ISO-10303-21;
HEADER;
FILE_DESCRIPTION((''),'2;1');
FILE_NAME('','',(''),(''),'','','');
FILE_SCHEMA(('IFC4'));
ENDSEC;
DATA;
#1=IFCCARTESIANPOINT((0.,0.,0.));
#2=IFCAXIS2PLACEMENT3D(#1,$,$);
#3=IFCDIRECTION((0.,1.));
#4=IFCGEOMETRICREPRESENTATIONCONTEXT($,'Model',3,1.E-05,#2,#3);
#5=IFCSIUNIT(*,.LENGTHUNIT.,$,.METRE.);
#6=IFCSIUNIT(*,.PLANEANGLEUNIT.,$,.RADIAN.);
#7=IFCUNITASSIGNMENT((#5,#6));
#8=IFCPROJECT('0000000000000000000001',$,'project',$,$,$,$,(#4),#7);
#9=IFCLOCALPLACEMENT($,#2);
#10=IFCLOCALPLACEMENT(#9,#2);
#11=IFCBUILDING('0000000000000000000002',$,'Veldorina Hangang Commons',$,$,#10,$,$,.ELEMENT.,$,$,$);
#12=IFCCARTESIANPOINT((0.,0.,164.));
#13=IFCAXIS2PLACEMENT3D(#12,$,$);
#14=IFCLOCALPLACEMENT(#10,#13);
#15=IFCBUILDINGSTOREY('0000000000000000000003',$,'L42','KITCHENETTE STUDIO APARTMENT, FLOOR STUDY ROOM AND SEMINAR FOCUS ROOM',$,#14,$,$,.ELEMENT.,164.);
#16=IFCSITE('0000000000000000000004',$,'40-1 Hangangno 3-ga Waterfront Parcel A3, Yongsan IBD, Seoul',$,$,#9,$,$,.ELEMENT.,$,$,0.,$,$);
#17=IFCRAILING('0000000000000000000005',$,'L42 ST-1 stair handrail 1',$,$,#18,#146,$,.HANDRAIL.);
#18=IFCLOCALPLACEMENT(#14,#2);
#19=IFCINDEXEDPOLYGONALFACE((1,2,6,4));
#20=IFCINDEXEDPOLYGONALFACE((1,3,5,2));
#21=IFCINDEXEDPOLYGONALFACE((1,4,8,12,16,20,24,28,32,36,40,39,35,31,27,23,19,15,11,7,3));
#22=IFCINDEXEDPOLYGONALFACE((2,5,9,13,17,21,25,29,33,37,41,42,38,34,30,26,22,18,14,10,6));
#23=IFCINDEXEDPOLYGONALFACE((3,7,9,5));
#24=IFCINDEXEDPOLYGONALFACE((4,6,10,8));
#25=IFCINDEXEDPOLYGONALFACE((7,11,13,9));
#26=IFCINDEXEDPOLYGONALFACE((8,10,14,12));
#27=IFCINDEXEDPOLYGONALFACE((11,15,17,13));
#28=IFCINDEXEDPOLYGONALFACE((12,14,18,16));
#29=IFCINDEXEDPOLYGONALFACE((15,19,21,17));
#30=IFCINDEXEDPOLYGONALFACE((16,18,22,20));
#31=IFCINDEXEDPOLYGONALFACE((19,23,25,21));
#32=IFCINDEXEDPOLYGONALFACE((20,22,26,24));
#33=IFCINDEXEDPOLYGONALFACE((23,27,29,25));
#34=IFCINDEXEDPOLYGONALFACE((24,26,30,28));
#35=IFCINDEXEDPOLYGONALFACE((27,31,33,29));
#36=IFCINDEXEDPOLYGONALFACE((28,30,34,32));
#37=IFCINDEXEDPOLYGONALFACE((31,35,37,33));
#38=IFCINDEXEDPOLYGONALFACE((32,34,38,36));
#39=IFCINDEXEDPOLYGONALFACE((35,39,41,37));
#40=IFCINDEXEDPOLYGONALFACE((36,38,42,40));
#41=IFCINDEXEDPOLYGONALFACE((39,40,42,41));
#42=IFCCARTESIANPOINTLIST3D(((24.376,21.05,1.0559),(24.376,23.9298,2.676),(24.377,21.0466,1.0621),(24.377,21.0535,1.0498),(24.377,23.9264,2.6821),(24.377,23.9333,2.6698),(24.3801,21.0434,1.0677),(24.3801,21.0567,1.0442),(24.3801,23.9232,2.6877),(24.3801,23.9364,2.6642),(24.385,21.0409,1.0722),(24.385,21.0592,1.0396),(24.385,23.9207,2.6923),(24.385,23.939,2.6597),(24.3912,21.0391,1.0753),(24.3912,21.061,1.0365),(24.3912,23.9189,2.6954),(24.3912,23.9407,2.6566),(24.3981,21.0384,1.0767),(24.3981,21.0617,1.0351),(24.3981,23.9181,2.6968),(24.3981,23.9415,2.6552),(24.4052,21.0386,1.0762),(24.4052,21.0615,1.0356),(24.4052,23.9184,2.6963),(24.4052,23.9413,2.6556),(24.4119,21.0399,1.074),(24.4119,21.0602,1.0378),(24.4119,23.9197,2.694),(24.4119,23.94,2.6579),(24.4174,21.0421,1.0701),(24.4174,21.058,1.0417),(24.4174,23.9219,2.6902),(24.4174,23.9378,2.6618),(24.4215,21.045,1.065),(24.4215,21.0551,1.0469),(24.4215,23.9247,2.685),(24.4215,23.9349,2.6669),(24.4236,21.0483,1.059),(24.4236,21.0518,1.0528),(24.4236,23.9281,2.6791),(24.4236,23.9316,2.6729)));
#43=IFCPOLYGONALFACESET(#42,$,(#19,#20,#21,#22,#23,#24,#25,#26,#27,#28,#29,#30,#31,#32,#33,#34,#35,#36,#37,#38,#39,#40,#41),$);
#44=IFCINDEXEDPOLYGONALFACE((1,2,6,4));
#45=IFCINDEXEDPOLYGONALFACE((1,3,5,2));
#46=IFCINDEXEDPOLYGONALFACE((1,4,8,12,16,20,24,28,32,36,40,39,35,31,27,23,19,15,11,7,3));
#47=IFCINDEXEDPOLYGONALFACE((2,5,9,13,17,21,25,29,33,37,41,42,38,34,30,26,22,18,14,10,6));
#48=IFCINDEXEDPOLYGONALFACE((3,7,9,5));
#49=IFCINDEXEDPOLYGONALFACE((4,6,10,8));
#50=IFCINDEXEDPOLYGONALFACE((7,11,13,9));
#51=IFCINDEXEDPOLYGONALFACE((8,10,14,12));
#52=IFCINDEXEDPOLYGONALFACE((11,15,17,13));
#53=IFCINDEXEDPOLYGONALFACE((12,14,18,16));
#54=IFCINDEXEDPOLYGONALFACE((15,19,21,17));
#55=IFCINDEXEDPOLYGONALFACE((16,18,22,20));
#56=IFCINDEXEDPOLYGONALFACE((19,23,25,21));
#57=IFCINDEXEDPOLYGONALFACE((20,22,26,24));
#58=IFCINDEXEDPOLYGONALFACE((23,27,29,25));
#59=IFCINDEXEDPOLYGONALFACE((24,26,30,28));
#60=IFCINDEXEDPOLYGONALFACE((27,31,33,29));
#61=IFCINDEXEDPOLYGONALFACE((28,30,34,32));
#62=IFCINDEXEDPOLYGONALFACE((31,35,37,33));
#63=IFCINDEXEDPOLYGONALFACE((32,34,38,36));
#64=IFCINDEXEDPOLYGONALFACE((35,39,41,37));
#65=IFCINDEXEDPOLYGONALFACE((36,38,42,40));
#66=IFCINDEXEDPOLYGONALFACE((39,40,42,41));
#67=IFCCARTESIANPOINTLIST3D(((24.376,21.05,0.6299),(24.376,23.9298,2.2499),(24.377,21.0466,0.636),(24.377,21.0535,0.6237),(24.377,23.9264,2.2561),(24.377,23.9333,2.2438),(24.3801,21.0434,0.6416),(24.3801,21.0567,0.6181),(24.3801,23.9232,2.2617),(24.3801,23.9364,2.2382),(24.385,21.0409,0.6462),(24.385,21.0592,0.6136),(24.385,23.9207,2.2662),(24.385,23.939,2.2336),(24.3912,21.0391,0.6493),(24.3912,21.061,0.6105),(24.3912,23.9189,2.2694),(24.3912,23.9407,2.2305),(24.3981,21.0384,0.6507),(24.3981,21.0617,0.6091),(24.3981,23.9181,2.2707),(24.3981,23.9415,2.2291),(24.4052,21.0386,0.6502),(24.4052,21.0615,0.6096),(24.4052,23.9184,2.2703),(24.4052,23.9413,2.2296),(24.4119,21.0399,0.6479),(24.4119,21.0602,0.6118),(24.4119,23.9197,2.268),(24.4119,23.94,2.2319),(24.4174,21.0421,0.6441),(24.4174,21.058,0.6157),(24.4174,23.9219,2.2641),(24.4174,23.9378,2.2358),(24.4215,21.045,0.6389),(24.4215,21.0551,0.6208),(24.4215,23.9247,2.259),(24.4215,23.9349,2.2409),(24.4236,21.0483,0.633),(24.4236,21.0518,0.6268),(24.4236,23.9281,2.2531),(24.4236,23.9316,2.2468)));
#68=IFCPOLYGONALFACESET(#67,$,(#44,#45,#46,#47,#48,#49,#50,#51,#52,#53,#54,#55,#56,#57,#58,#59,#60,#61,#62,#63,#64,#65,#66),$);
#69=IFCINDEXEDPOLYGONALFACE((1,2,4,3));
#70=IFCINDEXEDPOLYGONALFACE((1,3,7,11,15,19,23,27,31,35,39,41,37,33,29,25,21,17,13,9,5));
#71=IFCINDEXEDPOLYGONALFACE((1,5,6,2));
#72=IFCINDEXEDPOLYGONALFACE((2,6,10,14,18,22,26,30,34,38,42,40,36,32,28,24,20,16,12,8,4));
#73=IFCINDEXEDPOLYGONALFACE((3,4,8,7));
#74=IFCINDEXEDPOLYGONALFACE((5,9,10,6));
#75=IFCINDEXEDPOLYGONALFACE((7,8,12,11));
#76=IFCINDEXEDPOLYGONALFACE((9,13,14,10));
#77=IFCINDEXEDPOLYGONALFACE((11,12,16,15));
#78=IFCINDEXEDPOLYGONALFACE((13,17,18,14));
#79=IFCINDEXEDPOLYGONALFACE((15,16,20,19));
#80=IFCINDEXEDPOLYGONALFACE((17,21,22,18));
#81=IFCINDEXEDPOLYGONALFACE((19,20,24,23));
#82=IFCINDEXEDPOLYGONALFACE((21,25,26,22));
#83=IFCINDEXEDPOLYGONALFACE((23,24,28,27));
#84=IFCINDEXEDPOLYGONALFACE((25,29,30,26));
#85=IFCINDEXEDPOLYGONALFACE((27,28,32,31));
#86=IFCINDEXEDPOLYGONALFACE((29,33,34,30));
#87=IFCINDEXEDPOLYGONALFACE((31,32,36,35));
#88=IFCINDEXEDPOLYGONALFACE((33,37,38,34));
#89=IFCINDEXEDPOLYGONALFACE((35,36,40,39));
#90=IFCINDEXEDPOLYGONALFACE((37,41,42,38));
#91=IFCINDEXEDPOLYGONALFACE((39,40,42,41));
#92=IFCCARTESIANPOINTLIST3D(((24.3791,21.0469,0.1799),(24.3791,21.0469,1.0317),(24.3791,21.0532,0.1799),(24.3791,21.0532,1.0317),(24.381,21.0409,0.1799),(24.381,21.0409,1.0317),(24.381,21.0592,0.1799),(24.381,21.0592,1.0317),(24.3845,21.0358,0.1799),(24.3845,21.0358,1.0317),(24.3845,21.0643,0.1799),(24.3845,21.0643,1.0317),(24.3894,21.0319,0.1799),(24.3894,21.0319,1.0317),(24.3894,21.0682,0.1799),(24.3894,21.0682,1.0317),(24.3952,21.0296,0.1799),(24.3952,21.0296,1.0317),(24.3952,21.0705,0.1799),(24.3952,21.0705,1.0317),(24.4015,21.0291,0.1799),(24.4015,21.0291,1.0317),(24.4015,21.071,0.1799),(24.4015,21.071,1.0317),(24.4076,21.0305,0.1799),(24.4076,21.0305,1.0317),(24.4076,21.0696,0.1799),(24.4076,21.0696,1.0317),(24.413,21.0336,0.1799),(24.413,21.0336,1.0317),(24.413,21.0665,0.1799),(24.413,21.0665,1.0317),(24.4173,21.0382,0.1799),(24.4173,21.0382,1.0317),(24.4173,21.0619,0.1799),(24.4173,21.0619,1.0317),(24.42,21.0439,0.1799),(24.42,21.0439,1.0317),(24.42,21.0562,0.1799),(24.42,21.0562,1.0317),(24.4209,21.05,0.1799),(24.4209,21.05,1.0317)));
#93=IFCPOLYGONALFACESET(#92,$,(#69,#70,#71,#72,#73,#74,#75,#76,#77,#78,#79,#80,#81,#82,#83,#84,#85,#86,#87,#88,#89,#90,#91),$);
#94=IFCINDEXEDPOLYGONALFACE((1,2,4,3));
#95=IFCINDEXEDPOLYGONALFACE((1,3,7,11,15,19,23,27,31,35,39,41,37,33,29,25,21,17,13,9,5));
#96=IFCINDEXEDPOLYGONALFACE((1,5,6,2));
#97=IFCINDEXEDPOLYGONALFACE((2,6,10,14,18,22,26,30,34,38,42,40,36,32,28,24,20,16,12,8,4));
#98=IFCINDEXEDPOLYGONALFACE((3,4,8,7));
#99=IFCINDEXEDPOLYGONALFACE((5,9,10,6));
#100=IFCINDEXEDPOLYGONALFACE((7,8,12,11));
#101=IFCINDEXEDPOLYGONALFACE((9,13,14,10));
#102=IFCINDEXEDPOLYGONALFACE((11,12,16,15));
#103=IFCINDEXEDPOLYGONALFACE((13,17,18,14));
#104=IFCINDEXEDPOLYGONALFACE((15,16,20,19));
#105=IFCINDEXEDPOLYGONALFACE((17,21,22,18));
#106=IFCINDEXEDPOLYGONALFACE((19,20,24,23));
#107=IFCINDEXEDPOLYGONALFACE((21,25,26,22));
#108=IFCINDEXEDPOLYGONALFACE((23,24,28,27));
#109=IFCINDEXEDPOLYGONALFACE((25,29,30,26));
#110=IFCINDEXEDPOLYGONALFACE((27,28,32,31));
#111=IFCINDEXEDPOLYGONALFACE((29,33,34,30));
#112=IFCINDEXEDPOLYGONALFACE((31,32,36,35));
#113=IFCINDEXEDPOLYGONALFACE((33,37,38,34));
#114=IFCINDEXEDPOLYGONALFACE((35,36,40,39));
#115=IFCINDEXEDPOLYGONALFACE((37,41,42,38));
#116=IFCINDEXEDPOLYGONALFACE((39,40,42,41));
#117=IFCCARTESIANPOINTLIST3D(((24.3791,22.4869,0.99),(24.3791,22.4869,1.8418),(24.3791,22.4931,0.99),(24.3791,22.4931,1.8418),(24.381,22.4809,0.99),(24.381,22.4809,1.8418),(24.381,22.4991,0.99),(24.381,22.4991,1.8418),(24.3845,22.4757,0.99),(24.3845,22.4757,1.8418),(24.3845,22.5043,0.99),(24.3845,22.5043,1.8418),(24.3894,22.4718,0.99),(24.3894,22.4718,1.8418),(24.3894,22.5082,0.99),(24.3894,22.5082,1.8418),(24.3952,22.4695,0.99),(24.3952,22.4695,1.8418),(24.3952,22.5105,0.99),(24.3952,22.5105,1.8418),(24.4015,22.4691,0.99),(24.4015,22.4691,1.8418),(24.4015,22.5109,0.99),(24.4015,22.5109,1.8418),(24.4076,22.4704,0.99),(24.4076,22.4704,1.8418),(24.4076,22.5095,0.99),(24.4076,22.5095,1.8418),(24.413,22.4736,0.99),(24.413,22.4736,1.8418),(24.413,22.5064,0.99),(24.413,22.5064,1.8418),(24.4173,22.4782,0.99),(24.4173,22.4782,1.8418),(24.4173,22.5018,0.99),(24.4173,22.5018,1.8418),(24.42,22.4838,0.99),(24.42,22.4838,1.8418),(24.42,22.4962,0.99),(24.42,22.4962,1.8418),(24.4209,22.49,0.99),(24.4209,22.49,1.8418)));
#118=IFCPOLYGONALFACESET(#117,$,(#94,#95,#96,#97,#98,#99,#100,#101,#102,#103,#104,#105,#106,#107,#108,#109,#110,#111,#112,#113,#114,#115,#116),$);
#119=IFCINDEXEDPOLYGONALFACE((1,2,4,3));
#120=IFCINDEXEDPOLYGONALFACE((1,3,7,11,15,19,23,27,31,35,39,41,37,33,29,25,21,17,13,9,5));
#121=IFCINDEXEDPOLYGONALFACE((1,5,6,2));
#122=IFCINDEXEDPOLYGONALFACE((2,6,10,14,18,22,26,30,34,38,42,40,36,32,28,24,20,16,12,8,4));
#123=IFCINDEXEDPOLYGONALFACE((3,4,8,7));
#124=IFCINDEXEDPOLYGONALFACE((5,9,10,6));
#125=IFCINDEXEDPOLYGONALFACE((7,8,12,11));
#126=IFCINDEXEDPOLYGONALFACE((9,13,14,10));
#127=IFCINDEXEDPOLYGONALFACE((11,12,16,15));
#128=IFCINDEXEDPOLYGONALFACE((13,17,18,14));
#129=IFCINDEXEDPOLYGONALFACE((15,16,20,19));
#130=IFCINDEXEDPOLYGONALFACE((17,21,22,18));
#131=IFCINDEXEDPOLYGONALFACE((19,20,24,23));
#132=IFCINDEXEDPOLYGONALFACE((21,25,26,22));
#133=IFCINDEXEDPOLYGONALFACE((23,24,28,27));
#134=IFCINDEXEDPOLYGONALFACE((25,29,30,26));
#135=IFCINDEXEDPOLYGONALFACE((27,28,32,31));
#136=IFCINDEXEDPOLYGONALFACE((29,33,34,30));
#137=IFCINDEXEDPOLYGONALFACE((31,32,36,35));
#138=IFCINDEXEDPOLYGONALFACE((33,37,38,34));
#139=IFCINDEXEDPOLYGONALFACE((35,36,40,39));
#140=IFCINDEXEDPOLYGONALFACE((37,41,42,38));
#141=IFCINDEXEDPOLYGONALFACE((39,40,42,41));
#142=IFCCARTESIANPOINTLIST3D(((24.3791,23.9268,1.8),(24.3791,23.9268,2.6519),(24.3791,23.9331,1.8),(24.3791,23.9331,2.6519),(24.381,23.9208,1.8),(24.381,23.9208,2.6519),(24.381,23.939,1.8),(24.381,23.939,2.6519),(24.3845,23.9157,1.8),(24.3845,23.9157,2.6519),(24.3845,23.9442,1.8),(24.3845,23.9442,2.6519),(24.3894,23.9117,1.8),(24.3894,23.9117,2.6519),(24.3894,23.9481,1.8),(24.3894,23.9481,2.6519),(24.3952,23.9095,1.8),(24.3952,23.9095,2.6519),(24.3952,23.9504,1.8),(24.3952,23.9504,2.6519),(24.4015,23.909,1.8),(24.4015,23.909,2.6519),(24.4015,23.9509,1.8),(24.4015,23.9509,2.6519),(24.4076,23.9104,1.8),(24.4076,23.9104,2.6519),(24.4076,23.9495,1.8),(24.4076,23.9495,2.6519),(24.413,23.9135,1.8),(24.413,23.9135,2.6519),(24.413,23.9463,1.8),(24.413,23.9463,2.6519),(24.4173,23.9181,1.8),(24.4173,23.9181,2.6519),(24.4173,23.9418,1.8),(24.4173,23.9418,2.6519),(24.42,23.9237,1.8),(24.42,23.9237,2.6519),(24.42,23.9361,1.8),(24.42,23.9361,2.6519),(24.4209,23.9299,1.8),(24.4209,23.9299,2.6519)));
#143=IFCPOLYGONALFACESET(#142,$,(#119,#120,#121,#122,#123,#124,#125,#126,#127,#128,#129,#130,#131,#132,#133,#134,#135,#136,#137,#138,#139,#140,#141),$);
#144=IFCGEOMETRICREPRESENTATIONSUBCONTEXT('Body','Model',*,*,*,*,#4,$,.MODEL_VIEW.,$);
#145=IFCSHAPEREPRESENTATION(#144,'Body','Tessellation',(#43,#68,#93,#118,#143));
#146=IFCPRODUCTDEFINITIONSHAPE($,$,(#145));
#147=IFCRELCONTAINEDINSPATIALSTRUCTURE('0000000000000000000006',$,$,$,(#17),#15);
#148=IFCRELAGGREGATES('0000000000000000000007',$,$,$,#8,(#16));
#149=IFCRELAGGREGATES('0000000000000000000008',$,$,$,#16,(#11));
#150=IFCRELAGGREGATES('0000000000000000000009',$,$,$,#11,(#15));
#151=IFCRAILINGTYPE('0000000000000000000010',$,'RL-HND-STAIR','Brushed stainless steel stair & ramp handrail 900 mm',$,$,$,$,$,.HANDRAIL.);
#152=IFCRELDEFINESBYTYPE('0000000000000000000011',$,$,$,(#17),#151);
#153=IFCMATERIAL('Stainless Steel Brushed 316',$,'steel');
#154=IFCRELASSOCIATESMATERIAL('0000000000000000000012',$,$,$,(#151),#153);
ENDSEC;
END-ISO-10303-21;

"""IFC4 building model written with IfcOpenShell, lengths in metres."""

from ifc_helpers import new_model, si_unit, direction, frame, origin, origin_2d, place, context, subcontext, project, spatial, circle, extrude, material, type_object, element, save


model = new_model("IFC4")

# Units and contexts
model_context = context("Model", 3, precision=1e-05, world=origin(), true_north=direction((0.0, 1.0)))
body_context = subcontext(model_context, "Body", "Model", "MODEL_VIEW")
ifc_project = project(units=[si_unit("LENGTHUNIT", "METRE"), si_unit("PLANEANGLEUNIT", "RADIAN")], contexts=[model_context])

# Site, building, storey
site_placement = place(None, origin())
site = spatial("IfcSite", under=ifc_project, at=site_placement, Name="40-1 Hangangno 3-ga Waterfront Parcel A3, Yongsan IBD, Seoul", CompositionType="ELEMENT", RefElevation=0.0)
building_placement = place(site_placement, origin())
building = spatial("IfcBuilding", under=site, at=building_placement, Name="Veldorina Hangang Commons", CompositionType="ELEMENT")
storey_placement = place(building_placement, frame((0.0, 0.0, 164.0)))
storey = spatial("IfcBuildingStorey", under=building, at=storey_placement, Name="L42", Description="KITCHENETTE STUDIO APARTMENT, FLOOR STUDY ROOM AND SEMINAR FOCUS ROOM", CompositionType="ELEMENT", Elevation=164.0)

# Railing
ifc_material_1 = material(Name="Stainless Steel Brushed 316", Category="steel")
railing_type_1 = type_object("IfcRailingType", Name="RL-HND-STAIR", Description="Brushed stainless steel stair & ramp handrail 900 mm", PredefinedType="HANDRAIL", material=ifc_material_1)
railing_1_placement = place(storey_placement, frame((24.3999, 21.05, 0.1799)))
element("IfcRailing", 1, at=railing_1_placement, inside=storey, type_object=railing_type_1, Name="L42 ST-1 stair handrail 1", PredefinedType="HANDRAIL", context=body_context, shape_type="SweptSolid", body=[
    extrude(circle(Radius=0.0239, at=origin_2d()), frame((0.0, 0.0, 0.876), z_axis=(0.0, 0.871552, 0.490303), x_axis=(-1.0, 0.0, 0.0)), (0.0, 0.0, 1.0), 3.3042),
    extrude(circle(Radius=0.0239, at=origin_2d()), frame((0.0, 0.0, 0.45), z_axis=(0.0, 0.871552, 0.490303), x_axis=(-1.0, 0.0, 0.0)), (0.0, 0.0, 1.0), 3.3042),
    extrude(circle(Radius=0.021, at=origin_2d()), origin(), (0.0, 0.0, 1.0), 0.8518),
    extrude(circle(Radius=0.021, at=origin_2d()), frame((0.0, 1.4399, 0.8101)), (0.0, 0.0, 1.0), 0.8518),
    extrude(circle(Radius=0.021, at=origin_2d()), frame((0.0, 2.8799, 1.6201)), (0.0, 0.0, 1.0), 0.8518),
])

save(model, "model.ifc")
